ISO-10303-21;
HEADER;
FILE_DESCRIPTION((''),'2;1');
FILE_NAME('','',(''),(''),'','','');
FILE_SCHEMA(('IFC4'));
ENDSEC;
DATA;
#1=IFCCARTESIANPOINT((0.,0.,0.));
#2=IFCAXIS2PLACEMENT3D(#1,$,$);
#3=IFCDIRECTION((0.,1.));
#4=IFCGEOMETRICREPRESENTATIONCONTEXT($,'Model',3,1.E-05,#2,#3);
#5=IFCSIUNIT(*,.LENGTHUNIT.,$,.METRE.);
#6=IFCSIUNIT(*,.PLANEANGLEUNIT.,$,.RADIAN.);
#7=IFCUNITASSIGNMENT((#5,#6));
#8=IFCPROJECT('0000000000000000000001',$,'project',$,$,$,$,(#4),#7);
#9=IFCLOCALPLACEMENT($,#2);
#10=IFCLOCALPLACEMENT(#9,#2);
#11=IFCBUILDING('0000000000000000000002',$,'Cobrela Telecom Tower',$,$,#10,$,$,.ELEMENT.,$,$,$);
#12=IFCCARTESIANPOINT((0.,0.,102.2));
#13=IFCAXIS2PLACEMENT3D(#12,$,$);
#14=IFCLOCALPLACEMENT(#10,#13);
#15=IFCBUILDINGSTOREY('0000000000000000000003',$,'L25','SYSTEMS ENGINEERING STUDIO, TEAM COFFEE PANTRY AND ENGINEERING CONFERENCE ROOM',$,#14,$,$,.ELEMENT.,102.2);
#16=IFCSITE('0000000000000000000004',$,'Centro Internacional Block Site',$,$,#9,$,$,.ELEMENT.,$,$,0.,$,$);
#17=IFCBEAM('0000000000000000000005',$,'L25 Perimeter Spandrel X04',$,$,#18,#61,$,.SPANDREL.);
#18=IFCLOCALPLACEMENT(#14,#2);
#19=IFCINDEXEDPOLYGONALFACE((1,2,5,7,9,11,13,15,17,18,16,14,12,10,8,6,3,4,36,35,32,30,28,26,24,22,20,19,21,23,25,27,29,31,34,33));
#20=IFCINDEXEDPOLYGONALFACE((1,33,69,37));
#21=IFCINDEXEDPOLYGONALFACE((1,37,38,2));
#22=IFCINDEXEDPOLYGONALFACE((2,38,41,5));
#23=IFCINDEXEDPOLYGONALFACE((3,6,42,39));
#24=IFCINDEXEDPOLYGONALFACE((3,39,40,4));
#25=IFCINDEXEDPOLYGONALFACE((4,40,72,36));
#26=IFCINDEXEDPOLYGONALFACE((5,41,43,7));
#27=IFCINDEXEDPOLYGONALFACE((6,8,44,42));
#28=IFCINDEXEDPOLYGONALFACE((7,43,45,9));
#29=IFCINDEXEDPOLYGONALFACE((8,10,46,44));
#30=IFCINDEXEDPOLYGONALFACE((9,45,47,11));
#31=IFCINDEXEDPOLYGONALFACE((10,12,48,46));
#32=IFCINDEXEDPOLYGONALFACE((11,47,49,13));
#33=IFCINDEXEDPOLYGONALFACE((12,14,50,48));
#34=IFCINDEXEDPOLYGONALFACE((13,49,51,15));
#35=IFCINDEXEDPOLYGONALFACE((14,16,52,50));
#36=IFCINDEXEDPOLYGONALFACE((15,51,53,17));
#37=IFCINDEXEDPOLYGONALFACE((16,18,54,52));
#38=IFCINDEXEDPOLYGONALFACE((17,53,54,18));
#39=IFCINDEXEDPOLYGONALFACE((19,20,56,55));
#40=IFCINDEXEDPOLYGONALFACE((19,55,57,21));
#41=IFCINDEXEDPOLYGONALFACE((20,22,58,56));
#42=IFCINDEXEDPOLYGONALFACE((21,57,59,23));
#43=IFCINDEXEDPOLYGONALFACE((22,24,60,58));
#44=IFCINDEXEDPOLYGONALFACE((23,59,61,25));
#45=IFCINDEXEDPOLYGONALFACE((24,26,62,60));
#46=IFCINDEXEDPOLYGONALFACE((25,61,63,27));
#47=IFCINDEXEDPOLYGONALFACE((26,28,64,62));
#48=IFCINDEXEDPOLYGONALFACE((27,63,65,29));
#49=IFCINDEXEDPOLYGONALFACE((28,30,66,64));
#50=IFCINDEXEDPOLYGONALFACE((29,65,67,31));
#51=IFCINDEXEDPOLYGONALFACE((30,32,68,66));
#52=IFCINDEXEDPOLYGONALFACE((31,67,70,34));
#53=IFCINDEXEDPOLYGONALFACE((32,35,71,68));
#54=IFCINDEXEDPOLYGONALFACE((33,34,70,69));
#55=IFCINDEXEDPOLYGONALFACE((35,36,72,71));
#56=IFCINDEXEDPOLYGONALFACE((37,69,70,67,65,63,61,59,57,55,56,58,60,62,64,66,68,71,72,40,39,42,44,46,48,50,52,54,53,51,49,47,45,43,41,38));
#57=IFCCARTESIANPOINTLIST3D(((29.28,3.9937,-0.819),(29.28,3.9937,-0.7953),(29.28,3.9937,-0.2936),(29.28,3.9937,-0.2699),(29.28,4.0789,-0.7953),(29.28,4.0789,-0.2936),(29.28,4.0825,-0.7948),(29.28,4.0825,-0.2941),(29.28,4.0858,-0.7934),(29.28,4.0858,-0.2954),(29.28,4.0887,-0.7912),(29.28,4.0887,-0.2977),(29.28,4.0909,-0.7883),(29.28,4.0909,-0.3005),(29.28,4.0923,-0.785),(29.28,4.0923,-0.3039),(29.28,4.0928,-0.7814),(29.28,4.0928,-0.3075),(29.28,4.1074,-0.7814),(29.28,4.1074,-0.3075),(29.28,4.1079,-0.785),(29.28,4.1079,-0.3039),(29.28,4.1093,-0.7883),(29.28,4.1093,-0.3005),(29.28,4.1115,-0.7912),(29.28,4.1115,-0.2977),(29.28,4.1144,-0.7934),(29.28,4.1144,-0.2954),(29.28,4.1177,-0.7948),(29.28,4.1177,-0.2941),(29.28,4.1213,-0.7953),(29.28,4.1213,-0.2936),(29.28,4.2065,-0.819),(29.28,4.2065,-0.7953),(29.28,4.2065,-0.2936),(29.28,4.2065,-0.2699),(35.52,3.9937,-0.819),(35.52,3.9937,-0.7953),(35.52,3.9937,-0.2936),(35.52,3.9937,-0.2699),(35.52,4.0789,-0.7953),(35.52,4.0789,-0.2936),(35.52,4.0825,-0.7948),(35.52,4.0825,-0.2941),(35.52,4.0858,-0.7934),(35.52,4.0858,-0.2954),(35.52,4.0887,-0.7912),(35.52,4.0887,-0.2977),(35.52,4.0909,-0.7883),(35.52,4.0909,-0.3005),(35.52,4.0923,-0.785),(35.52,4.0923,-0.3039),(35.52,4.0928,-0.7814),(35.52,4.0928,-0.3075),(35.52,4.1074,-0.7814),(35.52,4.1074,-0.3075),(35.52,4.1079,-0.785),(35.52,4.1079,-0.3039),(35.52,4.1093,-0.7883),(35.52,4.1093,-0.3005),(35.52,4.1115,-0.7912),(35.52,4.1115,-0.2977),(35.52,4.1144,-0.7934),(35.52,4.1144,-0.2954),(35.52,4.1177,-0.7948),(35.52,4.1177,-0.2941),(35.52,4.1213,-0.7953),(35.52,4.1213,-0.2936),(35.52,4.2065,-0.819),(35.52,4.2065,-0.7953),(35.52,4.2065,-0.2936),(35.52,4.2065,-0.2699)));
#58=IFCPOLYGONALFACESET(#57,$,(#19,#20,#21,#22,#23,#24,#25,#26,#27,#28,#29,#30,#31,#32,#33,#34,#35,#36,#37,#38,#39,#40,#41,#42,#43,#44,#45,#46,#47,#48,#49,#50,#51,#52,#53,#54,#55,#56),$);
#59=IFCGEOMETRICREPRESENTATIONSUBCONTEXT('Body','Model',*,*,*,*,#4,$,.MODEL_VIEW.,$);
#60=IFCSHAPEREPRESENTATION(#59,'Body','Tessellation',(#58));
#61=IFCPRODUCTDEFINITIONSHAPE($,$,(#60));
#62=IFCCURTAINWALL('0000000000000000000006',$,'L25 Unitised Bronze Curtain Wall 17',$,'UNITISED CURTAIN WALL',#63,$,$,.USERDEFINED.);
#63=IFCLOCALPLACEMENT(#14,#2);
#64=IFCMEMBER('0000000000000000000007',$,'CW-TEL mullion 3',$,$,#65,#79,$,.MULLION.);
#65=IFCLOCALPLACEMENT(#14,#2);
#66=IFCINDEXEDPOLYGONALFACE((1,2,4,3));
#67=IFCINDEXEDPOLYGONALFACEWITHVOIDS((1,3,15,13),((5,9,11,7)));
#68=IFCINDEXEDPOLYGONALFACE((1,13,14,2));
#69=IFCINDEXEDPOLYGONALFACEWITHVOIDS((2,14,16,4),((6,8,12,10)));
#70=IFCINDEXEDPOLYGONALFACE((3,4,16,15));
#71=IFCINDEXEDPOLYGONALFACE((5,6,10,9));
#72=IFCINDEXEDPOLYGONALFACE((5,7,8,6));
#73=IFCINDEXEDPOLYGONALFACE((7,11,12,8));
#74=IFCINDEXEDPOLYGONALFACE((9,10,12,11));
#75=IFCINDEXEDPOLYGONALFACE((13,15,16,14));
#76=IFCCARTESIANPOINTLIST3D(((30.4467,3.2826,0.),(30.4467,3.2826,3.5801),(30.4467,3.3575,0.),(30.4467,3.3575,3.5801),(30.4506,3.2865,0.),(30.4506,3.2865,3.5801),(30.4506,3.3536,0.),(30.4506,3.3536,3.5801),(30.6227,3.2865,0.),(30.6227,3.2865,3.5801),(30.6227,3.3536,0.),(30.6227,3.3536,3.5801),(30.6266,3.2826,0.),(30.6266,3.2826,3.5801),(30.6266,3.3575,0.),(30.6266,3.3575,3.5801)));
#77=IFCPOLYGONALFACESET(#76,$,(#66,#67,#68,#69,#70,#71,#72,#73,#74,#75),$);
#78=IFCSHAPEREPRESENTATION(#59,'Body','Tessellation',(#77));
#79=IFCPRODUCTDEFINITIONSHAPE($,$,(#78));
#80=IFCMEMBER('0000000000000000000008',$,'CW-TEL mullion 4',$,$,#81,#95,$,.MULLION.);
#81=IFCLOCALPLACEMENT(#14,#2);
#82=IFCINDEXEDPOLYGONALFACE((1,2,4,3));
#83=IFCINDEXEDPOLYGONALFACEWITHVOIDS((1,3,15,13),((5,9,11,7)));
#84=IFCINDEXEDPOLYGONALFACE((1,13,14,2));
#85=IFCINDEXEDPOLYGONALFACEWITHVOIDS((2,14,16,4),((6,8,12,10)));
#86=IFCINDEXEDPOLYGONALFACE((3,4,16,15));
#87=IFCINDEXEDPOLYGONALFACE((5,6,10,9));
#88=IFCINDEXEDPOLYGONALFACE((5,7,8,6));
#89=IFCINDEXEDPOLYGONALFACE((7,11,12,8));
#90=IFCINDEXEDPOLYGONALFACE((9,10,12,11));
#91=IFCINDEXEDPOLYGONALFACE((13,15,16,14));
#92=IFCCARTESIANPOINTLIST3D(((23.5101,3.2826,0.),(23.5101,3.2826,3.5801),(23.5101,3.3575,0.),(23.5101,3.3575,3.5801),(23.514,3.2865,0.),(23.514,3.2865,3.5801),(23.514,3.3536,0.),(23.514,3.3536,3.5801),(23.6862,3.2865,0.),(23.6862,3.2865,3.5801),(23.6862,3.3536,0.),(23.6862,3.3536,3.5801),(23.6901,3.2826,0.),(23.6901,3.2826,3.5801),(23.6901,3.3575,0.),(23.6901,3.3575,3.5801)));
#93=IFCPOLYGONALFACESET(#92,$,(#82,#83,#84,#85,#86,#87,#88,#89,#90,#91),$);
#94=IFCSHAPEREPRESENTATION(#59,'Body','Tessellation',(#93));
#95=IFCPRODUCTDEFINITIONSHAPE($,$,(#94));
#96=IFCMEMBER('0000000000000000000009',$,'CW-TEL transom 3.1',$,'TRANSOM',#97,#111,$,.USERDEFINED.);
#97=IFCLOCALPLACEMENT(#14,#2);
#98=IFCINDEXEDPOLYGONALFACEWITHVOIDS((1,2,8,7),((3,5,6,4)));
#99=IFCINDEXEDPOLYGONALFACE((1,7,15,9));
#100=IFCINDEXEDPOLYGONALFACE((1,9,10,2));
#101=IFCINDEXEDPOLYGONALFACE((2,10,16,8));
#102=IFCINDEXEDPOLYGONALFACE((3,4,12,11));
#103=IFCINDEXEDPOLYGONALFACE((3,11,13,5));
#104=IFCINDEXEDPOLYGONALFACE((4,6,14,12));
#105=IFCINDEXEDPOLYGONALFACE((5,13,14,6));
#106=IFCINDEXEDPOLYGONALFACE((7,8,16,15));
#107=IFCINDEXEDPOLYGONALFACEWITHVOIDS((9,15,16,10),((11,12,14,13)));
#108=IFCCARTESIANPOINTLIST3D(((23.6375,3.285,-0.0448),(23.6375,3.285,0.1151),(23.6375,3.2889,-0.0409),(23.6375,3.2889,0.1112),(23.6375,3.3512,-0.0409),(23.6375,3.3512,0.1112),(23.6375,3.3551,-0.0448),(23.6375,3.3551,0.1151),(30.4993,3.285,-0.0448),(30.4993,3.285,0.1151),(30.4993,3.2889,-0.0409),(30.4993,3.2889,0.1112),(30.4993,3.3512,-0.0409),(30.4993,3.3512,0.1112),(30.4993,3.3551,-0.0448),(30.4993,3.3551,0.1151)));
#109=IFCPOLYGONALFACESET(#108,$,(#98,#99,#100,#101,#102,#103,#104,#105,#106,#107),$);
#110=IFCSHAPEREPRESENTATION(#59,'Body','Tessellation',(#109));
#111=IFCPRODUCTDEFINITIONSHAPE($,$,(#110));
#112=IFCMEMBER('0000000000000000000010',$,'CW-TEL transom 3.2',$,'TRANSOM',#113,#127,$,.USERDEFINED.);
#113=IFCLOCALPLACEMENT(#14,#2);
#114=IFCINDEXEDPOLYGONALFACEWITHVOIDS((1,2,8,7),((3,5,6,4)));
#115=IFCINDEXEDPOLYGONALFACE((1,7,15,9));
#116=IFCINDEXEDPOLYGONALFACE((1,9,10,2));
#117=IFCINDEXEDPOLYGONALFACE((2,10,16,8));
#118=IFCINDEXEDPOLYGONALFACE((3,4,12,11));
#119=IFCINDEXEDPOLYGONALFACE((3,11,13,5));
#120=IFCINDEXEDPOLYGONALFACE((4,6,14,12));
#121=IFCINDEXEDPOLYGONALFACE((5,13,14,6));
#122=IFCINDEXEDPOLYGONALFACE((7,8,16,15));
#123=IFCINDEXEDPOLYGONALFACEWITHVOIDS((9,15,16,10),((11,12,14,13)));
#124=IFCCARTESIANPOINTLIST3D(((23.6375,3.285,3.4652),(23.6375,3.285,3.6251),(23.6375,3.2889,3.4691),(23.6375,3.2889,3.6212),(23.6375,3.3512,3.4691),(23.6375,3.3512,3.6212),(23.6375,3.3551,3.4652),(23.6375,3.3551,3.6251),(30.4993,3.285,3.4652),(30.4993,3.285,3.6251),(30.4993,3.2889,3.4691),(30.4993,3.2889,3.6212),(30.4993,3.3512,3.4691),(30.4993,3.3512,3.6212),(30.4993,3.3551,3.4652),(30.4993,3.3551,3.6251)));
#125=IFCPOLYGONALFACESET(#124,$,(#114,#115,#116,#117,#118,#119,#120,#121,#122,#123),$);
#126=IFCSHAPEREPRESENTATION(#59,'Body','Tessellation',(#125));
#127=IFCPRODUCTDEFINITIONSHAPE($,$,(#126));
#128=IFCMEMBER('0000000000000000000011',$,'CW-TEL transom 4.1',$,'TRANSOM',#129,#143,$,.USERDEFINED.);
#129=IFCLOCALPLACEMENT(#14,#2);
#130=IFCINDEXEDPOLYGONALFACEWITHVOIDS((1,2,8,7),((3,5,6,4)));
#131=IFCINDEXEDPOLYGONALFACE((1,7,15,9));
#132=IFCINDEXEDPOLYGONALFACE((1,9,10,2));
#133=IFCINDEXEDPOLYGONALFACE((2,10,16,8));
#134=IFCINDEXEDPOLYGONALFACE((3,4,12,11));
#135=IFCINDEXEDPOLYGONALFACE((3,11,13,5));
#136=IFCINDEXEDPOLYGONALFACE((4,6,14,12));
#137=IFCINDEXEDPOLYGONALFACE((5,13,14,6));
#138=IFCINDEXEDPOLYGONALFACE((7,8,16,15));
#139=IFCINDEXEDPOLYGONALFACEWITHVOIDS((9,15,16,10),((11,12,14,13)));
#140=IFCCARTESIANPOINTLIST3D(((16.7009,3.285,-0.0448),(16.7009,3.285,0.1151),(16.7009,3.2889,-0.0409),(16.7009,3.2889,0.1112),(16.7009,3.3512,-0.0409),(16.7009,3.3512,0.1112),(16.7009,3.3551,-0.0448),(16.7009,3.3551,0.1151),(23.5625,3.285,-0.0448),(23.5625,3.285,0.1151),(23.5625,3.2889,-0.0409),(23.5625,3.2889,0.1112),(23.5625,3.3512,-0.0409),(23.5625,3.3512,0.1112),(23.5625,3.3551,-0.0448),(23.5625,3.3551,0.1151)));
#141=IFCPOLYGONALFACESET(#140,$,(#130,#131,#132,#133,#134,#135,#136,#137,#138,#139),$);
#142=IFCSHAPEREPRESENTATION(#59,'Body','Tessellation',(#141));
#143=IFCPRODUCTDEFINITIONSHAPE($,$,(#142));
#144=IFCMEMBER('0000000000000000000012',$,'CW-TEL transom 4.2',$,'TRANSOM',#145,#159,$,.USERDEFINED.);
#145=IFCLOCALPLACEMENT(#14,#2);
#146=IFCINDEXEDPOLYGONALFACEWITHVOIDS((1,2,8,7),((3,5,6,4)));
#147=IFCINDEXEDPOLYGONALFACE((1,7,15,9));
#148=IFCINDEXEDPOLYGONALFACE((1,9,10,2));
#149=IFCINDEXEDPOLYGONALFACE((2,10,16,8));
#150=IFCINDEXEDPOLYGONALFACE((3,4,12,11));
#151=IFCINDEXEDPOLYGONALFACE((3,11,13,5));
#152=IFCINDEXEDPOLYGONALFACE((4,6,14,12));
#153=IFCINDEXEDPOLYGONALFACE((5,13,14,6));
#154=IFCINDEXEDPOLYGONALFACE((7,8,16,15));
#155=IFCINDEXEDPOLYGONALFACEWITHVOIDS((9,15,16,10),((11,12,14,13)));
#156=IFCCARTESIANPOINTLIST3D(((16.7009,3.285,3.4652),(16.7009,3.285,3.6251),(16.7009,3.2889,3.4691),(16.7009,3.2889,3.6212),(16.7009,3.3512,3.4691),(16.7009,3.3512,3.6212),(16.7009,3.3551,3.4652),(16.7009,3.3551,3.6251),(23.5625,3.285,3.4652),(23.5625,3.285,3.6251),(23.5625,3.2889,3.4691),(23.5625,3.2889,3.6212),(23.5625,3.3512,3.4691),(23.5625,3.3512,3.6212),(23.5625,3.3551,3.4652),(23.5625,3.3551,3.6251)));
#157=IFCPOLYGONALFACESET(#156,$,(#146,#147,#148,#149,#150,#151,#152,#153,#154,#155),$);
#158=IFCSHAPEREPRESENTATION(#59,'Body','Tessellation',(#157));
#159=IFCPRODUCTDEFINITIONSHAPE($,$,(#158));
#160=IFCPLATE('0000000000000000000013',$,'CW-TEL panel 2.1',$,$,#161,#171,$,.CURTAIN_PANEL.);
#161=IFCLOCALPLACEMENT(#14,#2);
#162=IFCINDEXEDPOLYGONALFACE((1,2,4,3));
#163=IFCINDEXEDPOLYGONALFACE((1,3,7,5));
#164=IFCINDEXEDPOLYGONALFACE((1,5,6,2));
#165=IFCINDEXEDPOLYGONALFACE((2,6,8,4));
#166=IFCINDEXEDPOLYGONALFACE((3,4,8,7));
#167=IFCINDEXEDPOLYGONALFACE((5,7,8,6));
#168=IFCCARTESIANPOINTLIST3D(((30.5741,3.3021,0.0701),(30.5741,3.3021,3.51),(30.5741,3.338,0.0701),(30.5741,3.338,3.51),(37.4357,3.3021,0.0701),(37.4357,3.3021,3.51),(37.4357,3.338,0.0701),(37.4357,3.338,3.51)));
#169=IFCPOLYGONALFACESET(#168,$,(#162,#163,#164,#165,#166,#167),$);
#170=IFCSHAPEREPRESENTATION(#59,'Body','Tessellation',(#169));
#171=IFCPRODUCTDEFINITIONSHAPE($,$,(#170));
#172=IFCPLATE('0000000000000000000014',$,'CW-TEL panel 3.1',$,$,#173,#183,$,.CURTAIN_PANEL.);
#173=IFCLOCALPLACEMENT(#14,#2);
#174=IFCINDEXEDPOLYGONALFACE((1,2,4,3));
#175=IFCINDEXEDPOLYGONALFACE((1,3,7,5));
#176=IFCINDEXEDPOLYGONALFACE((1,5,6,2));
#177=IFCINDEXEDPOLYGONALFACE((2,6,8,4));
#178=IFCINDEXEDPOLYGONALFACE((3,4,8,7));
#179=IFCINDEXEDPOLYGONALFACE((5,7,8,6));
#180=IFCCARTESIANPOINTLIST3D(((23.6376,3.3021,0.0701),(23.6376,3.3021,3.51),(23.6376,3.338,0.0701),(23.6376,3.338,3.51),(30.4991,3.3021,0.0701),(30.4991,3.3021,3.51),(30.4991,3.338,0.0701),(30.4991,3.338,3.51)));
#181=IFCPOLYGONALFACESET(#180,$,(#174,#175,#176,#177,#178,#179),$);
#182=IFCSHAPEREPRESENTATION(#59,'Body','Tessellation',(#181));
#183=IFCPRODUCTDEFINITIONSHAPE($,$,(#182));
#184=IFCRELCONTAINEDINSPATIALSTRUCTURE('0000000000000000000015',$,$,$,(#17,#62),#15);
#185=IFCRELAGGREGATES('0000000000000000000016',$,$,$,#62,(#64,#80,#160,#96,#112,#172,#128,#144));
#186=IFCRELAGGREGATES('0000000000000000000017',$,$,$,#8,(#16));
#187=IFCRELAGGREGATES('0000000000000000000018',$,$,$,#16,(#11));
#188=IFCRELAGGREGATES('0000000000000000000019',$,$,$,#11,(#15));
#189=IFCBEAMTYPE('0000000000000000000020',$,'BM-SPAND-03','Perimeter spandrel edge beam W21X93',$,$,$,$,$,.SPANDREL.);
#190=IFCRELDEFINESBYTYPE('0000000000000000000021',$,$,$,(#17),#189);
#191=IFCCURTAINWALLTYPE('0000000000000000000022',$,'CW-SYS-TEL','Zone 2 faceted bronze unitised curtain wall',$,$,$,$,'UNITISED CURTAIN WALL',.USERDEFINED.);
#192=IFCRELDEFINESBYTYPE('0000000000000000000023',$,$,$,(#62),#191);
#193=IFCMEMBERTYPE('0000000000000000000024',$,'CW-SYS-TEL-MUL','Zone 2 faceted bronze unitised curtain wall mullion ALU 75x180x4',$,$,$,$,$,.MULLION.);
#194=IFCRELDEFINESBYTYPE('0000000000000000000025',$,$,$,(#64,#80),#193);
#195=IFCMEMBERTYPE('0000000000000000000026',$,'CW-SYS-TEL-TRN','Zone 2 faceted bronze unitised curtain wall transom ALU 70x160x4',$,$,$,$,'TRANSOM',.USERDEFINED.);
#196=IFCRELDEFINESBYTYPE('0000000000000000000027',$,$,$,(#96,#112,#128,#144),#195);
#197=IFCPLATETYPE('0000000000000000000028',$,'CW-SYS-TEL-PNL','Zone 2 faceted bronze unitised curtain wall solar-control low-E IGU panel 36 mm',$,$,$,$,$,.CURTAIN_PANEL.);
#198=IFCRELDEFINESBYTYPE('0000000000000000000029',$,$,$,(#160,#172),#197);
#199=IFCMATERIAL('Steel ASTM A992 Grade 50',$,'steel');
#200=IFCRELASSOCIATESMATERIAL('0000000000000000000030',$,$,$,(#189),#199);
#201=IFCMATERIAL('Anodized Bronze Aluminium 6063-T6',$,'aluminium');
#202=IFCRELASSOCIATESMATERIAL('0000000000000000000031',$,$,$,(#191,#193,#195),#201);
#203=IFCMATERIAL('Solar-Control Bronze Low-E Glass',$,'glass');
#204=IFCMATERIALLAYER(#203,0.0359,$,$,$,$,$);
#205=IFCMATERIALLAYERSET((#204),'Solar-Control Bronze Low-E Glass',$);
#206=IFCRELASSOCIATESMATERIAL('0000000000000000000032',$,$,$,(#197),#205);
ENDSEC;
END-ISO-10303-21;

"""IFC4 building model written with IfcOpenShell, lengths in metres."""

from ifc_helpers import new_model, si_unit, direction, frame, origin, origin_2d, place, context, subcontext, project, spatial, rectangle, hollow_rectangle, i_section, extrude, material, layer, layer_set, material_profile, profile_set, type_object, element, aggregate, save


model = new_model("IFC4")

# Units and contexts
model_context = context("Model", 3, precision=1e-05, world=origin(), true_north=direction((0.0, 1.0)))
body_context = subcontext(model_context, "Body", "Model", "MODEL_VIEW")
ifc_project = project(units=[si_unit("LENGTHUNIT", "METRE"), si_unit("PLANEANGLEUNIT", "RADIAN")], contexts=[model_context])

# Site, building, storey
site_placement = place(None, origin())
site = spatial("IfcSite", under=ifc_project, at=site_placement, Name="Centro Internacional Block Site", CompositionType="ELEMENT", RefElevation=0.0)
building_placement = place(site_placement, origin())
building = spatial("IfcBuilding", under=site, at=building_placement, Name="Cobrela Telecom Tower", CompositionType="ELEMENT")
storey_placement = place(building_placement, frame((0.0, 0.0, 102.2)))
storey = spatial("IfcBuildingStorey", under=building, at=storey_placement, Name="L25", Description="SYSTEMS ENGINEERING STUDIO, TEAM COFFEE PANTRY AND ENGINEERING CONFERENCE ROOM", CompositionType="ELEMENT", Elevation=102.2)

# Shared definitions
ifc_material_1 = material(Name="Steel ASTM A992 Grade 50", Category="steel")

# Beam
ifc_material_profile_1 = material_profile(ifc_material_1, i_section(OverallWidth=0.2129, OverallDepth=0.5491, WebThickness=0.0146, FlangeThickness=0.0237, FilletRadius=0.0139, at=origin_2d()), Name="W21X93")
ifc_profile_set_1 = profile_set([ifc_material_profile_1], Name="Steel ASTM A992 Grade 50")
beam_type_1 = type_object("IfcBeamType", Name="BM-SPAND-03", Description="Perimeter spandrel edge beam W21X93", PredefinedType="SPANDREL", material=ifc_profile_set_1)
for number, where, z_axis, x_axis, name in (
    (1, (29.28, 4.1001, -0.5444), (1.0, 0.0, 0.0), (0.0, 1.0, 0.0), "L25 Perimeter Spandrel X04"),
):
    element("IfcBeam", number, at=place(storey_placement, frame(where, z_axis=z_axis, x_axis=x_axis)), inside=storey, type_object=beam_type_1, Name=name, PredefinedType="SPANDREL", context=body_context, shape_type="SweptSolid", body=[
        extrude(i_section(OverallWidth=0.2129, OverallDepth=0.5491, WebThickness=0.0146, FlangeThickness=0.0237, FilletRadius=0.0139, at=origin_2d()), origin(), (0.0, 0.0, 1.0), 6.24),
    ])

# Curtain wall, members, plates
ifc_material_2 = material(Name="Anodized Bronze Aluminium 6063-T6", Category="aluminium")
curtain_wall_type = type_object("IfcCurtainWallType", Name="CW-SYS-TEL", Description="Zone 2 faceted bronze unitised curtain wall", ElementType="UNITISED CURTAIN WALL", PredefinedType="USERDEFINED", material=ifc_material_2)
curtain_wall_placement = place(storey_placement, origin())
curtain_wall = element("IfcCurtainWall", 2, at=curtain_wall_placement, inside=storey, type_object=curtain_wall_type, Name="L25 Unitised Bronze Curtain Wall 17", ObjectType="UNITISED CURTAIN WALL", PredefinedType="USERDEFINED")
ifc_material_profile_2 = material_profile(ifc_material_2, hollow_rectangle(XDim=0.075, YDim=0.1799, WallThickness=0.0039, at=origin_2d()), Name="ALU 75x180x4")
ifc_profile_set_2 = profile_set([ifc_material_profile_2], Name="Anodized Bronze Aluminium 6063-T6")
member_type_1 = type_object("IfcMemberType", Name="CW-SYS-TEL-MUL", Description="Zone 2 faceted bronze unitised curtain wall mullion ALU 75x180x4", PredefinedType="MULLION", material=ifc_profile_set_2)
member_1_placement = place(storey_placement, frame((30.5366, 3.3201, 0.0), z_axis=(0.0, 0.0, 1.0), x_axis=(0.0, -1.0, 0.0)))
member_1 = element("IfcMember", 3, at=member_1_placement, type_object=member_type_1, Name="CW-TEL mullion 3", PredefinedType="MULLION", context=body_context, shape_type="SweptSolid", body=[
    extrude(hollow_rectangle(XDim=0.075, YDim=0.1799, WallThickness=0.0039, at=origin_2d()), origin(), (0.0, 0.0, 1.0), 3.5801),
])
member_2_placement = place(storey_placement, frame((23.6001, 3.3201, 0.0), z_axis=(0.0, 0.0, 1.0), x_axis=(0.0, -1.0, 0.0)))
member_2 = element("IfcMember", 4, at=member_2_placement, type_object=member_type_1, Name="CW-TEL mullion 4", PredefinedType="MULLION", context=body_context, shape_type="SweptSolid", body=[
    extrude(hollow_rectangle(XDim=0.075, YDim=0.1799, WallThickness=0.0039, at=origin_2d()), origin(), (0.0, 0.0, 1.0), 3.5801),
])
ifc_material_profile_3 = material_profile(ifc_material_2, hollow_rectangle(XDim=0.0701, YDim=0.1599, WallThickness=0.0039, at=origin_2d()), Name="ALU 70x160x4")
ifc_profile_set_3 = profile_set([ifc_material_profile_3], Name="Anodized Bronze Aluminium 6063-T6")
member_type_2 = type_object("IfcMemberType", Name="CW-SYS-TEL-TRN", Description="Zone 2 faceted bronze unitised curtain wall transom ALU 70x160x4", ElementType="TRANSOM", PredefinedType="USERDEFINED", material=ifc_profile_set_3)
member_3_placement = place(storey_placement, frame((30.4993, 3.3201, 0.0352), z_axis=(-1.0, 0.0, 0.0), x_axis=(0.0, -1.0, 0.0)))
member_3 = element("IfcMember", 5, at=member_3_placement, type_object=member_type_2, Name="CW-TEL transom 3.1", ObjectType="TRANSOM", PredefinedType="USERDEFINED", context=body_context, shape_type="SweptSolid", body=[
    extrude(hollow_rectangle(XDim=0.0701, YDim=0.1599, WallThickness=0.0039, at=origin_2d()), origin(), (0.0, 0.0, 1.0), 6.8618),
])
member_4_placement = place(storey_placement, frame((30.4993, 3.3201, 3.5452), z_axis=(-1.0, 0.0, 0.0), x_axis=(0.0, -1.0, 0.0)))
member_4 = element("IfcMember", 6, at=member_4_placement, type_object=member_type_2, Name="CW-TEL transom 3.2", ObjectType="TRANSOM", PredefinedType="USERDEFINED", context=body_context, shape_type="SweptSolid", body=[
    extrude(hollow_rectangle(XDim=0.0701, YDim=0.1599, WallThickness=0.0039, at=origin_2d()), origin(), (0.0, 0.0, 1.0), 6.8618),
])
member_5_placement = place(storey_placement, frame((23.5625, 3.3201, 0.0352), z_axis=(-1.0, 0.0, 0.0), x_axis=(0.0, -1.0, 0.0)))
member_5 = element("IfcMember", 7, at=member_5_placement, type_object=member_type_2, Name="CW-TEL transom 4.1", ObjectType="TRANSOM", PredefinedType="USERDEFINED", context=body_context, shape_type="SweptSolid", body=[
    extrude(hollow_rectangle(XDim=0.0701, YDim=0.1599, WallThickness=0.0039, at=origin_2d()), origin(), (0.0, 0.0, 1.0), 6.8616),
])
member_6_placement = place(storey_placement, frame((23.5625, 3.3201, 3.5452), z_axis=(-1.0, 0.0, 0.0), x_axis=(0.0, -1.0, 0.0)))
member_6 = element("IfcMember", 8, at=member_6_placement, type_object=member_type_2, Name="CW-TEL transom 4.2", ObjectType="TRANSOM", PredefinedType="USERDEFINED", context=body_context, shape_type="SweptSolid", body=[
    extrude(hollow_rectangle(XDim=0.0701, YDim=0.1599, WallThickness=0.0039, at=origin_2d()), origin(), (0.0, 0.0, 1.0), 6.8616),
])
ifc_material_3 = material(Name="Solar-Control Bronze Low-E Glass", Category="glass")
ifc_layer_1 = layer(ifc_material_3, 0.0359)
ifc_layer_set_1 = layer_set([ifc_layer_1], Name="Solar-Control Bronze Low-E Glass")
plate_type = type_object("IfcPlateType", Name="CW-SYS-TEL-PNL", Description="Zone 2 faceted bronze unitised curtain wall solar-control low-E IGU panel 36 mm", PredefinedType="CURTAIN_PANEL", material=ifc_layer_set_1)
plate_1_placement = place(storey_placement, frame((34.0049, 3.3201, 0.0701), z_axis=(0.0, 0.0, 1.0), x_axis=(-1.0, 0.0, 0.0)))
plate_1 = element("IfcPlate", 9, at=plate_1_placement, type_object=plate_type, Name="CW-TEL panel 2.1", PredefinedType="CURTAIN_PANEL", context=body_context, shape_type="SweptSolid", body=[
    extrude(rectangle(XDim=6.8616, YDim=0.0359, at=origin_2d()), origin(), (0.0, 0.0, 1.0), 3.4399),
])
plate_2_placement = place(storey_placement, frame((27.0684, 3.3201, 0.0701), z_axis=(0.0, 0.0, 1.0), x_axis=(-1.0, 0.0, 0.0)))
plate_2 = element("IfcPlate", 10, at=plate_2_placement, type_object=plate_type, Name="CW-TEL panel 3.1", PredefinedType="CURTAIN_PANEL", context=body_context, shape_type="SweptSolid", body=[
    extrude(rectangle(XDim=6.8616, YDim=0.0359, at=origin_2d()), origin(), (0.0, 0.0, 1.0), 3.4399),
])
aggregate(curtain_wall, [member_1, member_2, plate_1, member_3, member_4, plate_2, member_5, member_6])

save(model, "model.ifc")
